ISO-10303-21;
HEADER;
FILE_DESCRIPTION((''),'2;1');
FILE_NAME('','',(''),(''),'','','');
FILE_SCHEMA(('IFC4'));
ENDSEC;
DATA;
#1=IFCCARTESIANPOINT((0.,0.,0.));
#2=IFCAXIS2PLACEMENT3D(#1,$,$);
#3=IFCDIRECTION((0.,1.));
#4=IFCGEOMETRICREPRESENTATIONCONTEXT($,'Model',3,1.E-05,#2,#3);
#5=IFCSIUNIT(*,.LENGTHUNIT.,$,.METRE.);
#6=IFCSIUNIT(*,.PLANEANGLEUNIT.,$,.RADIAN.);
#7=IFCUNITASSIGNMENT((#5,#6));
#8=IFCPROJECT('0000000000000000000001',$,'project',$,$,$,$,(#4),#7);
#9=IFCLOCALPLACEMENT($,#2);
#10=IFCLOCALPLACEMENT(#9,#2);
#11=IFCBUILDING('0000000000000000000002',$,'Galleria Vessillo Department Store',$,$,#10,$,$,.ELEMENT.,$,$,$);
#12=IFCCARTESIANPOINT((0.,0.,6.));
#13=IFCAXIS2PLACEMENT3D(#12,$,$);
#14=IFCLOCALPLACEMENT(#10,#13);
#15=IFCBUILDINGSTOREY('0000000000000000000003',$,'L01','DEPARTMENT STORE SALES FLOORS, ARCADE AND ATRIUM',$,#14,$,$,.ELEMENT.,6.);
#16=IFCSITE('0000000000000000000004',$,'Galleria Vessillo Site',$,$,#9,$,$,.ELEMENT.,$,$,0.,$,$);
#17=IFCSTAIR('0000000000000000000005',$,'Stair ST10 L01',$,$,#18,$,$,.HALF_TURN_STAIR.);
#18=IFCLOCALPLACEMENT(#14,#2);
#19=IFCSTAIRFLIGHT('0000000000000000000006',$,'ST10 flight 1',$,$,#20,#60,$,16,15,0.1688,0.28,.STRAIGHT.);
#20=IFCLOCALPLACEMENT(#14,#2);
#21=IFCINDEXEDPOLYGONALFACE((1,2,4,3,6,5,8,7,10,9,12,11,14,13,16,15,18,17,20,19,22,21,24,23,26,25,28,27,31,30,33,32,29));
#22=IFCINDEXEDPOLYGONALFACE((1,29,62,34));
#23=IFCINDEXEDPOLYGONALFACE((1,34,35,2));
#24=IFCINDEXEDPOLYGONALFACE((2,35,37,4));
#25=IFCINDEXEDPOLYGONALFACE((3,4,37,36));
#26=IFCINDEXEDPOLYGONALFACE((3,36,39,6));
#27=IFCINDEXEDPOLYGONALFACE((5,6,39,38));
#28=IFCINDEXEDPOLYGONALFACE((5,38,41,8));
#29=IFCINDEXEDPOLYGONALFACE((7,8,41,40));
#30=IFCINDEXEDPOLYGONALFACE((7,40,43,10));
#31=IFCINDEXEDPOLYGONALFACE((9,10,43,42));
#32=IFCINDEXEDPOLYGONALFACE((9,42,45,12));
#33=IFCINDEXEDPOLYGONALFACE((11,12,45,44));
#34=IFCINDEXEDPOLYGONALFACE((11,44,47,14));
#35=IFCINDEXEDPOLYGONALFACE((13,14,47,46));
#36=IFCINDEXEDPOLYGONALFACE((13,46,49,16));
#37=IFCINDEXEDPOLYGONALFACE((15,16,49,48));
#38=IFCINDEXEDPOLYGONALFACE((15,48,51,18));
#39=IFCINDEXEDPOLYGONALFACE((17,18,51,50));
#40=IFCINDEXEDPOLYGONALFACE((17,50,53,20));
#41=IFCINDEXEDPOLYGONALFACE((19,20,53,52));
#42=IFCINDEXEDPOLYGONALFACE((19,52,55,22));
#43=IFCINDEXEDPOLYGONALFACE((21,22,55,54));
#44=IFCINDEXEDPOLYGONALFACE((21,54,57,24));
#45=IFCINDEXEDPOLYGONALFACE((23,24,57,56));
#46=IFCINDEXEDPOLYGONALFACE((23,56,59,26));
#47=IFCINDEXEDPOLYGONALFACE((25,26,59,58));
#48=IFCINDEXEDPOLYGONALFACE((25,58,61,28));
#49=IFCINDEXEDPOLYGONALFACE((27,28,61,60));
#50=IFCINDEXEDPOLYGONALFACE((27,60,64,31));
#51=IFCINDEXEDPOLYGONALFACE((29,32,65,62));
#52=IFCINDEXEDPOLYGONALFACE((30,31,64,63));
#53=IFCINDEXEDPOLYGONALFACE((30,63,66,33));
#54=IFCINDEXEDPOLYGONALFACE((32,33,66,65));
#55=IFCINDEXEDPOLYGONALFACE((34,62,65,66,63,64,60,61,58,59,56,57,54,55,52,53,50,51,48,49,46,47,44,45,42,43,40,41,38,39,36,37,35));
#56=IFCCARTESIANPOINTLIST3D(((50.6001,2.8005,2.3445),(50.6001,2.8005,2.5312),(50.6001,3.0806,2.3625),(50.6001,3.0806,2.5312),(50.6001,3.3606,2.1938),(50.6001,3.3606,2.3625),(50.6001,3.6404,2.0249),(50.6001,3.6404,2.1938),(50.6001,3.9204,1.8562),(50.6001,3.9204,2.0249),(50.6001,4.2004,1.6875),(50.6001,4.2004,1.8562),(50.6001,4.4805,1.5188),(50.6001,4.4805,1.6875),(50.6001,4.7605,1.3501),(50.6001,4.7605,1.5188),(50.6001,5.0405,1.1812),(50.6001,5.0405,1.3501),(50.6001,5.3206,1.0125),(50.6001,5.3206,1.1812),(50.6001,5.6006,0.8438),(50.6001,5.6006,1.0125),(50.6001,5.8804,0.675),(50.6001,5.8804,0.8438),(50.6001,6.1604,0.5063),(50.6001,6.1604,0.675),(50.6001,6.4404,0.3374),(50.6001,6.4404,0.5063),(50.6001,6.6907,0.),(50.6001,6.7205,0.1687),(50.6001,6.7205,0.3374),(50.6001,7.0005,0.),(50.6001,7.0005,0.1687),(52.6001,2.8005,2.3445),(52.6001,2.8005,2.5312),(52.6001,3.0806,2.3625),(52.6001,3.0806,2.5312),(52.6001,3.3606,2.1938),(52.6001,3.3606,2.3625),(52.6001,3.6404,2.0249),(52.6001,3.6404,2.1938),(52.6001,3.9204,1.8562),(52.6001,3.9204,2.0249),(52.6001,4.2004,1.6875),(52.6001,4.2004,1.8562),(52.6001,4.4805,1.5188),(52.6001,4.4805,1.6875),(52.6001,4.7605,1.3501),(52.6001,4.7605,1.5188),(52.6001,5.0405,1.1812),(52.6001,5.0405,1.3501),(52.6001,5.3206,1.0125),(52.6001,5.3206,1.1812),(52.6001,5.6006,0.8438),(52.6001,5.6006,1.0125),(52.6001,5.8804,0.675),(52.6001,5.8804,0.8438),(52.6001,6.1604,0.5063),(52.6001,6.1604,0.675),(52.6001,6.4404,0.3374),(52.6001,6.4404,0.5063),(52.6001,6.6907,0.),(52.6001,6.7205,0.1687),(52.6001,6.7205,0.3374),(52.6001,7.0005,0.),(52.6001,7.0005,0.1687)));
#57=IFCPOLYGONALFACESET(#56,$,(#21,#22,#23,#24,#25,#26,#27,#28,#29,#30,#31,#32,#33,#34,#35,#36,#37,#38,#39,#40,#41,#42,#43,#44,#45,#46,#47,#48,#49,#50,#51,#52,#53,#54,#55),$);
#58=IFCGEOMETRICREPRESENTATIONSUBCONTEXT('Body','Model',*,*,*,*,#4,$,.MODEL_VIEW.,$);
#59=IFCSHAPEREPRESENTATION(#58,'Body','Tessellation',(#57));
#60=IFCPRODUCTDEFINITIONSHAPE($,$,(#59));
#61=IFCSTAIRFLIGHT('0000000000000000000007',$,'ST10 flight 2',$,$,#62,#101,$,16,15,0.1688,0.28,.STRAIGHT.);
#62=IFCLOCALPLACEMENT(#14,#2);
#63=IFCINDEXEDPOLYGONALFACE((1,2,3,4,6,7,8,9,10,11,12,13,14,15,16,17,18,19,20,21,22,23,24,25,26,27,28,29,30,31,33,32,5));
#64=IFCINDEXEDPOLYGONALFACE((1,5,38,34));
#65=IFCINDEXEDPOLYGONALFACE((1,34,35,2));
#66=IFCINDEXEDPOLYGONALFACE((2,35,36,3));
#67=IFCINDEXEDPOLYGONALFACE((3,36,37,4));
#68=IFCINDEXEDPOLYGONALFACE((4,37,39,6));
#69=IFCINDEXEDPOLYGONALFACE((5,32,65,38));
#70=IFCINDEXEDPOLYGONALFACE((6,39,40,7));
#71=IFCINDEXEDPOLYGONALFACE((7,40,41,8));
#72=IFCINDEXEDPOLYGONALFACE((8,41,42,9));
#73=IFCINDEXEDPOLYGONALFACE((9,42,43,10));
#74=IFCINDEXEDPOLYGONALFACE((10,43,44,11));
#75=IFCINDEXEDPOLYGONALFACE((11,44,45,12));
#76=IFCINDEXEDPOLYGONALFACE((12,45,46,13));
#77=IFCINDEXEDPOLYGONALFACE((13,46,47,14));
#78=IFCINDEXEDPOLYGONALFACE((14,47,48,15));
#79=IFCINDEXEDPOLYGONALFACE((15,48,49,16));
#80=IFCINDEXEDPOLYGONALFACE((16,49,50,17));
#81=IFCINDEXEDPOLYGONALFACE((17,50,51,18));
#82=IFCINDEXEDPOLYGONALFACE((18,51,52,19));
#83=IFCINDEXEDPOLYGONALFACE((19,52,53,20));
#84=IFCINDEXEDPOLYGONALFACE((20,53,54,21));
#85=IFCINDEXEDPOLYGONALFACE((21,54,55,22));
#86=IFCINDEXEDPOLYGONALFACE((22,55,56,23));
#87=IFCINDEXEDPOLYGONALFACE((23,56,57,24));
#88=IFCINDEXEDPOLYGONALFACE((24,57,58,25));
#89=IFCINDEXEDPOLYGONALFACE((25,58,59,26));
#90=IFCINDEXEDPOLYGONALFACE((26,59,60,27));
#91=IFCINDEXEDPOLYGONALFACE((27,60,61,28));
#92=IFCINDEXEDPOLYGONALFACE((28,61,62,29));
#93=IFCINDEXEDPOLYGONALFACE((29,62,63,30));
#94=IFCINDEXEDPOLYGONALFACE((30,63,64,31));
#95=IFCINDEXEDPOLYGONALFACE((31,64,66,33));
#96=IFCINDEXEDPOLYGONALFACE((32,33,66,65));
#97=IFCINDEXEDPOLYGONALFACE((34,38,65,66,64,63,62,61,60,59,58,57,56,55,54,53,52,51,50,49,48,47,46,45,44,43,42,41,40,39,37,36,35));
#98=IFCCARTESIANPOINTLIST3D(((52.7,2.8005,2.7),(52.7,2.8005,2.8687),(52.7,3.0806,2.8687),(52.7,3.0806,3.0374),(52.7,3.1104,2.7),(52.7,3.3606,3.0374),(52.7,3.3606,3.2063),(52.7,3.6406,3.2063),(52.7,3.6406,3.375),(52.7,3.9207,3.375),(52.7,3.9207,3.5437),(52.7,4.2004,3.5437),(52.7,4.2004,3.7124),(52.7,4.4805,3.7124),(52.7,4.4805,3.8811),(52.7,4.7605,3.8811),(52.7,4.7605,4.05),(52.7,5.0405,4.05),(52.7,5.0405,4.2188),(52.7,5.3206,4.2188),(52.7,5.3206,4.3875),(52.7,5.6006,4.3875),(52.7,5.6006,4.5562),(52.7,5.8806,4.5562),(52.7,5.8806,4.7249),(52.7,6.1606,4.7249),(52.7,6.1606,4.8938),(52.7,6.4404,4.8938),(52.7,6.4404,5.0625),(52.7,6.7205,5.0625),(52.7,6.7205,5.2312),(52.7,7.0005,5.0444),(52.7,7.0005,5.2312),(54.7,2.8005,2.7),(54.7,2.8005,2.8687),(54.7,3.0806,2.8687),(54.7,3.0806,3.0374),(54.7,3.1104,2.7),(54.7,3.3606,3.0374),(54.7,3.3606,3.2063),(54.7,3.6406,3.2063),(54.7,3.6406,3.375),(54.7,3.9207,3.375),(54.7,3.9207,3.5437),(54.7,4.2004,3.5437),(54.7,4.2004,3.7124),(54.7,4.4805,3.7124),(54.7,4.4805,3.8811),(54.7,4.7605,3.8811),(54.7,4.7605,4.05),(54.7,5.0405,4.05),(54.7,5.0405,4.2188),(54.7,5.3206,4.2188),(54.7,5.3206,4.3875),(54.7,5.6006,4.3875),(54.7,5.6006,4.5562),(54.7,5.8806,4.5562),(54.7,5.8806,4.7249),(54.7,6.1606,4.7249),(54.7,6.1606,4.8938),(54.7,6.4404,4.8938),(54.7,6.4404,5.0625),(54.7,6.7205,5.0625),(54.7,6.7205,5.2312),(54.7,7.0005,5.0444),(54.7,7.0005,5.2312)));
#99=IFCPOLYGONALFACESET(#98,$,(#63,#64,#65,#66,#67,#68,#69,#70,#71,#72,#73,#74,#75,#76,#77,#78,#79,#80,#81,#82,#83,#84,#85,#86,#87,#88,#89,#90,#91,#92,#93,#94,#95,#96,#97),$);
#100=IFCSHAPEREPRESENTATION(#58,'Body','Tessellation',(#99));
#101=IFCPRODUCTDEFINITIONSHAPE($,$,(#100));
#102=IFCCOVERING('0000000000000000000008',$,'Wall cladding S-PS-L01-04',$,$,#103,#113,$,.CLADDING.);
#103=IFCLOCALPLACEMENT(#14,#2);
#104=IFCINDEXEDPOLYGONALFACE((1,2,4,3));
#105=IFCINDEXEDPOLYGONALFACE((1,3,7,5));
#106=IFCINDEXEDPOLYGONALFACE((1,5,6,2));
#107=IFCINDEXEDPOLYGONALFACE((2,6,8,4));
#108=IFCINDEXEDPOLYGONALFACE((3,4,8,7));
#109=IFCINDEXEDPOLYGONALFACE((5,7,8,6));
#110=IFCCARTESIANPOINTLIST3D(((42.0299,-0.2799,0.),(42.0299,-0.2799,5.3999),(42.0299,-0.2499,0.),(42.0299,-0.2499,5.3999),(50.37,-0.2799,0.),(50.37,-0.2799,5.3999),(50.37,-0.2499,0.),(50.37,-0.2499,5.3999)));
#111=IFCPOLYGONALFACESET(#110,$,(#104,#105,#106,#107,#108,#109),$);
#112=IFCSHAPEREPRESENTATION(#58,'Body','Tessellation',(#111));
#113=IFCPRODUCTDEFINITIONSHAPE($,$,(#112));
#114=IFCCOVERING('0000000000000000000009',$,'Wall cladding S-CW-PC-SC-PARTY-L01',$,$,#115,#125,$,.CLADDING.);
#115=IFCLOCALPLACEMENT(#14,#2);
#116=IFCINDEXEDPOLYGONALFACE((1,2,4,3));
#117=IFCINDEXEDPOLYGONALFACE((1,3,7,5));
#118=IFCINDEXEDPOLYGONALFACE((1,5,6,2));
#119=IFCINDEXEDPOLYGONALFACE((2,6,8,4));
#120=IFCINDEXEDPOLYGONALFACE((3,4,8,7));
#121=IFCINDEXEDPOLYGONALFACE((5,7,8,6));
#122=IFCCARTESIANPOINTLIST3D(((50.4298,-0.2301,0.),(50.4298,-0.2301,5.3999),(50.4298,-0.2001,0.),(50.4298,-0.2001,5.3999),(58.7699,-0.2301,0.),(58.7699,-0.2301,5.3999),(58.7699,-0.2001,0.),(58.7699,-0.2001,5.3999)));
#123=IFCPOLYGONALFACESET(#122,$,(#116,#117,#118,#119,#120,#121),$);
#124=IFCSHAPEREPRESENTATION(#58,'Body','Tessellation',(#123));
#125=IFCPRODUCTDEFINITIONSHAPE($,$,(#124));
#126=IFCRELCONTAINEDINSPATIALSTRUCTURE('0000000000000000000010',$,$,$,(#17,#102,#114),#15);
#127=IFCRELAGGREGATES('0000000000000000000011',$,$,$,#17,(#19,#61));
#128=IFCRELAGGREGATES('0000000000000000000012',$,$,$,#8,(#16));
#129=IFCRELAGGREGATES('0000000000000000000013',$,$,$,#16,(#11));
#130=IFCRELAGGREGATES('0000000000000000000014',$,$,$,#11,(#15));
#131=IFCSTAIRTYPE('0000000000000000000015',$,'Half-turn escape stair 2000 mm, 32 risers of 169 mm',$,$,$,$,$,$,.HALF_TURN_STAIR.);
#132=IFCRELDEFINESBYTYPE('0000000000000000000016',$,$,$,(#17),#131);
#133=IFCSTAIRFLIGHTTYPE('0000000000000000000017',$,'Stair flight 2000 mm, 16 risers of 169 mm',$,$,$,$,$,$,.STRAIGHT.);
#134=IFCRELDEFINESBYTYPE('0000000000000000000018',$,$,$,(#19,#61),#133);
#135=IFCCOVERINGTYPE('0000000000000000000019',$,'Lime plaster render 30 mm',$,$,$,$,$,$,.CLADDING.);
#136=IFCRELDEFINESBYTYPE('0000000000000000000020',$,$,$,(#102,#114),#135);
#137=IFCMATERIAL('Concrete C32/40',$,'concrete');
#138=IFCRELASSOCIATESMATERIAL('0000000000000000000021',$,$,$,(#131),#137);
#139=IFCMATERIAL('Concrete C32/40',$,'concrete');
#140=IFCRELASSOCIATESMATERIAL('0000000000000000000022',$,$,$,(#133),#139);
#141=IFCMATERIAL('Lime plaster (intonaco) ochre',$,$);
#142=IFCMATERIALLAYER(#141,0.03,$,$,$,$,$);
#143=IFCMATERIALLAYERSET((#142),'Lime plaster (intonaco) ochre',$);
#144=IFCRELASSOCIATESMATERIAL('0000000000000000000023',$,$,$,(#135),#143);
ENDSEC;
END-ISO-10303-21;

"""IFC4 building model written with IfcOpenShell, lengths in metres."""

from ifc_helpers import new_model, si_unit, direction, frame, origin, origin_2d, place, context, subcontext, project, spatial, polyline, rectangle, outline, extrude, material, layer, layer_set, type_object, element, aggregate, save


model = new_model("IFC4")

# Units and contexts
model_context = context("Model", 3, precision=1e-05, world=origin(), true_north=direction((0.0, 1.0)))
body_context = subcontext(model_context, "Body", "Model", "MODEL_VIEW")
ifc_project = project(units=[si_unit("LENGTHUNIT", "METRE"), si_unit("PLANEANGLEUNIT", "RADIAN")], contexts=[model_context])

# Site, building, storey
site_placement = place(None, origin())
site = spatial("IfcSite", under=ifc_project, at=site_placement, Name="Galleria Vessillo Site", CompositionType="ELEMENT", RefElevation=0.0)
building_placement = place(site_placement, origin())
building = spatial("IfcBuilding", under=site, at=building_placement, Name="Galleria Vessillo Department Store", CompositionType="ELEMENT")
storey_placement = place(building_placement, frame((0.0, 0.0, 6.0)))
storey = spatial("IfcBuildingStorey", under=building, at=storey_placement, Name="L01", Description="DEPARTMENT STORE SALES FLOORS, ARCADE AND ATRIUM", CompositionType="ELEMENT", Elevation=6.0)

# Stair, stair flights
ifc_material_1 = material(Name="Concrete C32/40", Category="concrete")
stair_type = type_object("IfcStairType", Name="Half-turn escape stair 2000 mm, 32 risers of 169 mm", PredefinedType="HALF_TURN_STAIR", material=ifc_material_1)
stair_placement = place(storey_placement, origin())
stair = element("IfcStair", 1, at=stair_placement, inside=storey, type_object=stair_type, Name="Stair ST10 L01", PredefinedType="HALF_TURN_STAIR")
ifc_material_2 = material(Name="Concrete C32/40", Category="concrete")
stair_flight_type = type_object("IfcStairFlightType", Name="Stair flight 2000 mm, 16 risers of 169 mm", PredefinedType="STRAIGHT", material=ifc_material_2)
stair_flight_1_placement = place(storey_placement, frame((51.6001, 7.0005, 0.0), z_axis=(0.0, 0.0, 1.0), x_axis=(0.0, -1.0, 0.0)))
stair_flight_1 = element("IfcStairFlight", 2, at=stair_flight_1_placement, type_object=stair_flight_type, Name="ST10 flight 1", NumberOfRisers=16, NumberOfTreads=15, PredefinedType="STRAIGHT", RiserHeight=0.1688, TreadLength=0.28, context=body_context, shape_type="SweptSolid", body=[
    extrude(outline(polyline([(0.0, 0.0), (0.0, 0.1687), (0.28, 0.1687), (0.28, 0.3374), (0.5601, 0.3374), (0.5601, 0.5063), (0.8401, 0.5063), (0.8401, 0.675), (1.1201, 0.675), (1.1201, 0.8438), (1.3999, 0.8438), (1.3999, 1.0125), (1.6799, 1.0125), (1.6799, 1.1812), (1.96, 1.1812), (1.96, 1.3501), (2.24, 1.3501), (2.24, 1.5188), (2.52, 1.5188), (2.52, 1.6875), (2.8, 1.6875), (2.8, 1.8562), (3.0801, 1.8562), (3.0801, 2.0249), (3.3601, 2.0249), (3.3601, 2.1938), (3.6399, 2.1938), (3.6399, 2.3625), (3.9199, 2.3625), (3.9199, 2.5312), (4.2, 2.5312), (4.2, 2.7), (4.2, 2.3445), (0.3098, 0.0), (0.0, 0.0)])), frame((0.0, 1.0, 0.0), z_axis=(0.0, -1.0, 0.0), x_axis=(1.0, 0.0, 0.0)), (0.0, 0.0, 1.0), 2.0),
])
stair_flight_2_placement = place(storey_placement, frame((53.7, 2.8005, 2.7), z_axis=(0.0, 0.0, 1.0), x_axis=(0.0, 1.0, 0.0)))
stair_flight_2 = element("IfcStairFlight", 3, at=stair_flight_2_placement, type_object=stair_flight_type, Name="ST10 flight 2", NumberOfRisers=16, NumberOfTreads=15, PredefinedType="STRAIGHT", RiserHeight=0.1688, TreadLength=0.28, context=body_context, shape_type="SweptSolid", body=[
    extrude(outline(polyline([(0.0, 0.0), (0.0, 0.1687), (0.28, 0.1687), (0.28, 0.3374), (0.5601, 0.3374), (0.5601, 0.5063), (0.8401, 0.5063), (0.8401, 0.675), (1.1201, 0.675), (1.1201, 0.8438), (1.3999, 0.8438), (1.3999, 1.0125), (1.6799, 1.0125), (1.6799, 1.1812), (1.96, 1.1812), (1.96, 1.3501), (2.24, 1.3501), (2.24, 1.5188), (2.52, 1.5188), (2.52, 1.6875), (2.8, 1.6875), (2.8, 1.8562), (3.0801, 1.8562), (3.0801, 2.0249), (3.3601, 2.0249), (3.3601, 2.1938), (3.6399, 2.1938), (3.6399, 2.3625), (3.9199, 2.3625), (3.9199, 2.5312), (4.2, 2.5312), (4.2, 2.7), (4.2, 2.3445), (0.3098, 0.0), (0.0, 0.0)])), frame((0.0, 1.0, 0.0), z_axis=(0.0, -1.0, 0.0), x_axis=(1.0, 0.0, 0.0)), (0.0, 0.0, 1.0), 2.0),
])
aggregate(stair, [stair_flight_1, stair_flight_2])

# Coverings
ifc_material_3 = material(Name="Lime plaster (intonaco) ochre")
ifc_layer_1 = layer(ifc_material_3, 0.03)
ifc_layer_set_1 = layer_set([ifc_layer_1], Name="Lime plaster (intonaco) ochre")
covering_type = type_object("IfcCoveringType", Name="Lime plaster render 30 mm", PredefinedType="CLADDING", material=ifc_layer_set_1)
for number, where, z_axis, x_axis, name in (
    (4, (46.2, -0.2649, 0.0), (0.0, 0.0, 1.0), (1.0, 0.0, 0.0), "Wall cladding S-PS-L01-04"),
    (5, (54.5999, -0.2151, 0.0), (0.0, 0.0, 1.0), (1.0, 0.0, 0.0), "Wall cladding S-CW-PC-SC-PARTY-L01"),
):
    element("IfcCovering", number, at=place(storey_placement, frame(where, z_axis=z_axis, x_axis=x_axis)), inside=storey, type_object=covering_type, Name=name, PredefinedType="CLADDING", context=body_context, shape_type="SweptSolid", body=[
        extrude(rectangle(XDim=8.3401, YDim=0.03, at=origin_2d()), origin(), (0.0, 0.0, 1.0), 5.3999),
    ])

save(model, "model.ifc")
